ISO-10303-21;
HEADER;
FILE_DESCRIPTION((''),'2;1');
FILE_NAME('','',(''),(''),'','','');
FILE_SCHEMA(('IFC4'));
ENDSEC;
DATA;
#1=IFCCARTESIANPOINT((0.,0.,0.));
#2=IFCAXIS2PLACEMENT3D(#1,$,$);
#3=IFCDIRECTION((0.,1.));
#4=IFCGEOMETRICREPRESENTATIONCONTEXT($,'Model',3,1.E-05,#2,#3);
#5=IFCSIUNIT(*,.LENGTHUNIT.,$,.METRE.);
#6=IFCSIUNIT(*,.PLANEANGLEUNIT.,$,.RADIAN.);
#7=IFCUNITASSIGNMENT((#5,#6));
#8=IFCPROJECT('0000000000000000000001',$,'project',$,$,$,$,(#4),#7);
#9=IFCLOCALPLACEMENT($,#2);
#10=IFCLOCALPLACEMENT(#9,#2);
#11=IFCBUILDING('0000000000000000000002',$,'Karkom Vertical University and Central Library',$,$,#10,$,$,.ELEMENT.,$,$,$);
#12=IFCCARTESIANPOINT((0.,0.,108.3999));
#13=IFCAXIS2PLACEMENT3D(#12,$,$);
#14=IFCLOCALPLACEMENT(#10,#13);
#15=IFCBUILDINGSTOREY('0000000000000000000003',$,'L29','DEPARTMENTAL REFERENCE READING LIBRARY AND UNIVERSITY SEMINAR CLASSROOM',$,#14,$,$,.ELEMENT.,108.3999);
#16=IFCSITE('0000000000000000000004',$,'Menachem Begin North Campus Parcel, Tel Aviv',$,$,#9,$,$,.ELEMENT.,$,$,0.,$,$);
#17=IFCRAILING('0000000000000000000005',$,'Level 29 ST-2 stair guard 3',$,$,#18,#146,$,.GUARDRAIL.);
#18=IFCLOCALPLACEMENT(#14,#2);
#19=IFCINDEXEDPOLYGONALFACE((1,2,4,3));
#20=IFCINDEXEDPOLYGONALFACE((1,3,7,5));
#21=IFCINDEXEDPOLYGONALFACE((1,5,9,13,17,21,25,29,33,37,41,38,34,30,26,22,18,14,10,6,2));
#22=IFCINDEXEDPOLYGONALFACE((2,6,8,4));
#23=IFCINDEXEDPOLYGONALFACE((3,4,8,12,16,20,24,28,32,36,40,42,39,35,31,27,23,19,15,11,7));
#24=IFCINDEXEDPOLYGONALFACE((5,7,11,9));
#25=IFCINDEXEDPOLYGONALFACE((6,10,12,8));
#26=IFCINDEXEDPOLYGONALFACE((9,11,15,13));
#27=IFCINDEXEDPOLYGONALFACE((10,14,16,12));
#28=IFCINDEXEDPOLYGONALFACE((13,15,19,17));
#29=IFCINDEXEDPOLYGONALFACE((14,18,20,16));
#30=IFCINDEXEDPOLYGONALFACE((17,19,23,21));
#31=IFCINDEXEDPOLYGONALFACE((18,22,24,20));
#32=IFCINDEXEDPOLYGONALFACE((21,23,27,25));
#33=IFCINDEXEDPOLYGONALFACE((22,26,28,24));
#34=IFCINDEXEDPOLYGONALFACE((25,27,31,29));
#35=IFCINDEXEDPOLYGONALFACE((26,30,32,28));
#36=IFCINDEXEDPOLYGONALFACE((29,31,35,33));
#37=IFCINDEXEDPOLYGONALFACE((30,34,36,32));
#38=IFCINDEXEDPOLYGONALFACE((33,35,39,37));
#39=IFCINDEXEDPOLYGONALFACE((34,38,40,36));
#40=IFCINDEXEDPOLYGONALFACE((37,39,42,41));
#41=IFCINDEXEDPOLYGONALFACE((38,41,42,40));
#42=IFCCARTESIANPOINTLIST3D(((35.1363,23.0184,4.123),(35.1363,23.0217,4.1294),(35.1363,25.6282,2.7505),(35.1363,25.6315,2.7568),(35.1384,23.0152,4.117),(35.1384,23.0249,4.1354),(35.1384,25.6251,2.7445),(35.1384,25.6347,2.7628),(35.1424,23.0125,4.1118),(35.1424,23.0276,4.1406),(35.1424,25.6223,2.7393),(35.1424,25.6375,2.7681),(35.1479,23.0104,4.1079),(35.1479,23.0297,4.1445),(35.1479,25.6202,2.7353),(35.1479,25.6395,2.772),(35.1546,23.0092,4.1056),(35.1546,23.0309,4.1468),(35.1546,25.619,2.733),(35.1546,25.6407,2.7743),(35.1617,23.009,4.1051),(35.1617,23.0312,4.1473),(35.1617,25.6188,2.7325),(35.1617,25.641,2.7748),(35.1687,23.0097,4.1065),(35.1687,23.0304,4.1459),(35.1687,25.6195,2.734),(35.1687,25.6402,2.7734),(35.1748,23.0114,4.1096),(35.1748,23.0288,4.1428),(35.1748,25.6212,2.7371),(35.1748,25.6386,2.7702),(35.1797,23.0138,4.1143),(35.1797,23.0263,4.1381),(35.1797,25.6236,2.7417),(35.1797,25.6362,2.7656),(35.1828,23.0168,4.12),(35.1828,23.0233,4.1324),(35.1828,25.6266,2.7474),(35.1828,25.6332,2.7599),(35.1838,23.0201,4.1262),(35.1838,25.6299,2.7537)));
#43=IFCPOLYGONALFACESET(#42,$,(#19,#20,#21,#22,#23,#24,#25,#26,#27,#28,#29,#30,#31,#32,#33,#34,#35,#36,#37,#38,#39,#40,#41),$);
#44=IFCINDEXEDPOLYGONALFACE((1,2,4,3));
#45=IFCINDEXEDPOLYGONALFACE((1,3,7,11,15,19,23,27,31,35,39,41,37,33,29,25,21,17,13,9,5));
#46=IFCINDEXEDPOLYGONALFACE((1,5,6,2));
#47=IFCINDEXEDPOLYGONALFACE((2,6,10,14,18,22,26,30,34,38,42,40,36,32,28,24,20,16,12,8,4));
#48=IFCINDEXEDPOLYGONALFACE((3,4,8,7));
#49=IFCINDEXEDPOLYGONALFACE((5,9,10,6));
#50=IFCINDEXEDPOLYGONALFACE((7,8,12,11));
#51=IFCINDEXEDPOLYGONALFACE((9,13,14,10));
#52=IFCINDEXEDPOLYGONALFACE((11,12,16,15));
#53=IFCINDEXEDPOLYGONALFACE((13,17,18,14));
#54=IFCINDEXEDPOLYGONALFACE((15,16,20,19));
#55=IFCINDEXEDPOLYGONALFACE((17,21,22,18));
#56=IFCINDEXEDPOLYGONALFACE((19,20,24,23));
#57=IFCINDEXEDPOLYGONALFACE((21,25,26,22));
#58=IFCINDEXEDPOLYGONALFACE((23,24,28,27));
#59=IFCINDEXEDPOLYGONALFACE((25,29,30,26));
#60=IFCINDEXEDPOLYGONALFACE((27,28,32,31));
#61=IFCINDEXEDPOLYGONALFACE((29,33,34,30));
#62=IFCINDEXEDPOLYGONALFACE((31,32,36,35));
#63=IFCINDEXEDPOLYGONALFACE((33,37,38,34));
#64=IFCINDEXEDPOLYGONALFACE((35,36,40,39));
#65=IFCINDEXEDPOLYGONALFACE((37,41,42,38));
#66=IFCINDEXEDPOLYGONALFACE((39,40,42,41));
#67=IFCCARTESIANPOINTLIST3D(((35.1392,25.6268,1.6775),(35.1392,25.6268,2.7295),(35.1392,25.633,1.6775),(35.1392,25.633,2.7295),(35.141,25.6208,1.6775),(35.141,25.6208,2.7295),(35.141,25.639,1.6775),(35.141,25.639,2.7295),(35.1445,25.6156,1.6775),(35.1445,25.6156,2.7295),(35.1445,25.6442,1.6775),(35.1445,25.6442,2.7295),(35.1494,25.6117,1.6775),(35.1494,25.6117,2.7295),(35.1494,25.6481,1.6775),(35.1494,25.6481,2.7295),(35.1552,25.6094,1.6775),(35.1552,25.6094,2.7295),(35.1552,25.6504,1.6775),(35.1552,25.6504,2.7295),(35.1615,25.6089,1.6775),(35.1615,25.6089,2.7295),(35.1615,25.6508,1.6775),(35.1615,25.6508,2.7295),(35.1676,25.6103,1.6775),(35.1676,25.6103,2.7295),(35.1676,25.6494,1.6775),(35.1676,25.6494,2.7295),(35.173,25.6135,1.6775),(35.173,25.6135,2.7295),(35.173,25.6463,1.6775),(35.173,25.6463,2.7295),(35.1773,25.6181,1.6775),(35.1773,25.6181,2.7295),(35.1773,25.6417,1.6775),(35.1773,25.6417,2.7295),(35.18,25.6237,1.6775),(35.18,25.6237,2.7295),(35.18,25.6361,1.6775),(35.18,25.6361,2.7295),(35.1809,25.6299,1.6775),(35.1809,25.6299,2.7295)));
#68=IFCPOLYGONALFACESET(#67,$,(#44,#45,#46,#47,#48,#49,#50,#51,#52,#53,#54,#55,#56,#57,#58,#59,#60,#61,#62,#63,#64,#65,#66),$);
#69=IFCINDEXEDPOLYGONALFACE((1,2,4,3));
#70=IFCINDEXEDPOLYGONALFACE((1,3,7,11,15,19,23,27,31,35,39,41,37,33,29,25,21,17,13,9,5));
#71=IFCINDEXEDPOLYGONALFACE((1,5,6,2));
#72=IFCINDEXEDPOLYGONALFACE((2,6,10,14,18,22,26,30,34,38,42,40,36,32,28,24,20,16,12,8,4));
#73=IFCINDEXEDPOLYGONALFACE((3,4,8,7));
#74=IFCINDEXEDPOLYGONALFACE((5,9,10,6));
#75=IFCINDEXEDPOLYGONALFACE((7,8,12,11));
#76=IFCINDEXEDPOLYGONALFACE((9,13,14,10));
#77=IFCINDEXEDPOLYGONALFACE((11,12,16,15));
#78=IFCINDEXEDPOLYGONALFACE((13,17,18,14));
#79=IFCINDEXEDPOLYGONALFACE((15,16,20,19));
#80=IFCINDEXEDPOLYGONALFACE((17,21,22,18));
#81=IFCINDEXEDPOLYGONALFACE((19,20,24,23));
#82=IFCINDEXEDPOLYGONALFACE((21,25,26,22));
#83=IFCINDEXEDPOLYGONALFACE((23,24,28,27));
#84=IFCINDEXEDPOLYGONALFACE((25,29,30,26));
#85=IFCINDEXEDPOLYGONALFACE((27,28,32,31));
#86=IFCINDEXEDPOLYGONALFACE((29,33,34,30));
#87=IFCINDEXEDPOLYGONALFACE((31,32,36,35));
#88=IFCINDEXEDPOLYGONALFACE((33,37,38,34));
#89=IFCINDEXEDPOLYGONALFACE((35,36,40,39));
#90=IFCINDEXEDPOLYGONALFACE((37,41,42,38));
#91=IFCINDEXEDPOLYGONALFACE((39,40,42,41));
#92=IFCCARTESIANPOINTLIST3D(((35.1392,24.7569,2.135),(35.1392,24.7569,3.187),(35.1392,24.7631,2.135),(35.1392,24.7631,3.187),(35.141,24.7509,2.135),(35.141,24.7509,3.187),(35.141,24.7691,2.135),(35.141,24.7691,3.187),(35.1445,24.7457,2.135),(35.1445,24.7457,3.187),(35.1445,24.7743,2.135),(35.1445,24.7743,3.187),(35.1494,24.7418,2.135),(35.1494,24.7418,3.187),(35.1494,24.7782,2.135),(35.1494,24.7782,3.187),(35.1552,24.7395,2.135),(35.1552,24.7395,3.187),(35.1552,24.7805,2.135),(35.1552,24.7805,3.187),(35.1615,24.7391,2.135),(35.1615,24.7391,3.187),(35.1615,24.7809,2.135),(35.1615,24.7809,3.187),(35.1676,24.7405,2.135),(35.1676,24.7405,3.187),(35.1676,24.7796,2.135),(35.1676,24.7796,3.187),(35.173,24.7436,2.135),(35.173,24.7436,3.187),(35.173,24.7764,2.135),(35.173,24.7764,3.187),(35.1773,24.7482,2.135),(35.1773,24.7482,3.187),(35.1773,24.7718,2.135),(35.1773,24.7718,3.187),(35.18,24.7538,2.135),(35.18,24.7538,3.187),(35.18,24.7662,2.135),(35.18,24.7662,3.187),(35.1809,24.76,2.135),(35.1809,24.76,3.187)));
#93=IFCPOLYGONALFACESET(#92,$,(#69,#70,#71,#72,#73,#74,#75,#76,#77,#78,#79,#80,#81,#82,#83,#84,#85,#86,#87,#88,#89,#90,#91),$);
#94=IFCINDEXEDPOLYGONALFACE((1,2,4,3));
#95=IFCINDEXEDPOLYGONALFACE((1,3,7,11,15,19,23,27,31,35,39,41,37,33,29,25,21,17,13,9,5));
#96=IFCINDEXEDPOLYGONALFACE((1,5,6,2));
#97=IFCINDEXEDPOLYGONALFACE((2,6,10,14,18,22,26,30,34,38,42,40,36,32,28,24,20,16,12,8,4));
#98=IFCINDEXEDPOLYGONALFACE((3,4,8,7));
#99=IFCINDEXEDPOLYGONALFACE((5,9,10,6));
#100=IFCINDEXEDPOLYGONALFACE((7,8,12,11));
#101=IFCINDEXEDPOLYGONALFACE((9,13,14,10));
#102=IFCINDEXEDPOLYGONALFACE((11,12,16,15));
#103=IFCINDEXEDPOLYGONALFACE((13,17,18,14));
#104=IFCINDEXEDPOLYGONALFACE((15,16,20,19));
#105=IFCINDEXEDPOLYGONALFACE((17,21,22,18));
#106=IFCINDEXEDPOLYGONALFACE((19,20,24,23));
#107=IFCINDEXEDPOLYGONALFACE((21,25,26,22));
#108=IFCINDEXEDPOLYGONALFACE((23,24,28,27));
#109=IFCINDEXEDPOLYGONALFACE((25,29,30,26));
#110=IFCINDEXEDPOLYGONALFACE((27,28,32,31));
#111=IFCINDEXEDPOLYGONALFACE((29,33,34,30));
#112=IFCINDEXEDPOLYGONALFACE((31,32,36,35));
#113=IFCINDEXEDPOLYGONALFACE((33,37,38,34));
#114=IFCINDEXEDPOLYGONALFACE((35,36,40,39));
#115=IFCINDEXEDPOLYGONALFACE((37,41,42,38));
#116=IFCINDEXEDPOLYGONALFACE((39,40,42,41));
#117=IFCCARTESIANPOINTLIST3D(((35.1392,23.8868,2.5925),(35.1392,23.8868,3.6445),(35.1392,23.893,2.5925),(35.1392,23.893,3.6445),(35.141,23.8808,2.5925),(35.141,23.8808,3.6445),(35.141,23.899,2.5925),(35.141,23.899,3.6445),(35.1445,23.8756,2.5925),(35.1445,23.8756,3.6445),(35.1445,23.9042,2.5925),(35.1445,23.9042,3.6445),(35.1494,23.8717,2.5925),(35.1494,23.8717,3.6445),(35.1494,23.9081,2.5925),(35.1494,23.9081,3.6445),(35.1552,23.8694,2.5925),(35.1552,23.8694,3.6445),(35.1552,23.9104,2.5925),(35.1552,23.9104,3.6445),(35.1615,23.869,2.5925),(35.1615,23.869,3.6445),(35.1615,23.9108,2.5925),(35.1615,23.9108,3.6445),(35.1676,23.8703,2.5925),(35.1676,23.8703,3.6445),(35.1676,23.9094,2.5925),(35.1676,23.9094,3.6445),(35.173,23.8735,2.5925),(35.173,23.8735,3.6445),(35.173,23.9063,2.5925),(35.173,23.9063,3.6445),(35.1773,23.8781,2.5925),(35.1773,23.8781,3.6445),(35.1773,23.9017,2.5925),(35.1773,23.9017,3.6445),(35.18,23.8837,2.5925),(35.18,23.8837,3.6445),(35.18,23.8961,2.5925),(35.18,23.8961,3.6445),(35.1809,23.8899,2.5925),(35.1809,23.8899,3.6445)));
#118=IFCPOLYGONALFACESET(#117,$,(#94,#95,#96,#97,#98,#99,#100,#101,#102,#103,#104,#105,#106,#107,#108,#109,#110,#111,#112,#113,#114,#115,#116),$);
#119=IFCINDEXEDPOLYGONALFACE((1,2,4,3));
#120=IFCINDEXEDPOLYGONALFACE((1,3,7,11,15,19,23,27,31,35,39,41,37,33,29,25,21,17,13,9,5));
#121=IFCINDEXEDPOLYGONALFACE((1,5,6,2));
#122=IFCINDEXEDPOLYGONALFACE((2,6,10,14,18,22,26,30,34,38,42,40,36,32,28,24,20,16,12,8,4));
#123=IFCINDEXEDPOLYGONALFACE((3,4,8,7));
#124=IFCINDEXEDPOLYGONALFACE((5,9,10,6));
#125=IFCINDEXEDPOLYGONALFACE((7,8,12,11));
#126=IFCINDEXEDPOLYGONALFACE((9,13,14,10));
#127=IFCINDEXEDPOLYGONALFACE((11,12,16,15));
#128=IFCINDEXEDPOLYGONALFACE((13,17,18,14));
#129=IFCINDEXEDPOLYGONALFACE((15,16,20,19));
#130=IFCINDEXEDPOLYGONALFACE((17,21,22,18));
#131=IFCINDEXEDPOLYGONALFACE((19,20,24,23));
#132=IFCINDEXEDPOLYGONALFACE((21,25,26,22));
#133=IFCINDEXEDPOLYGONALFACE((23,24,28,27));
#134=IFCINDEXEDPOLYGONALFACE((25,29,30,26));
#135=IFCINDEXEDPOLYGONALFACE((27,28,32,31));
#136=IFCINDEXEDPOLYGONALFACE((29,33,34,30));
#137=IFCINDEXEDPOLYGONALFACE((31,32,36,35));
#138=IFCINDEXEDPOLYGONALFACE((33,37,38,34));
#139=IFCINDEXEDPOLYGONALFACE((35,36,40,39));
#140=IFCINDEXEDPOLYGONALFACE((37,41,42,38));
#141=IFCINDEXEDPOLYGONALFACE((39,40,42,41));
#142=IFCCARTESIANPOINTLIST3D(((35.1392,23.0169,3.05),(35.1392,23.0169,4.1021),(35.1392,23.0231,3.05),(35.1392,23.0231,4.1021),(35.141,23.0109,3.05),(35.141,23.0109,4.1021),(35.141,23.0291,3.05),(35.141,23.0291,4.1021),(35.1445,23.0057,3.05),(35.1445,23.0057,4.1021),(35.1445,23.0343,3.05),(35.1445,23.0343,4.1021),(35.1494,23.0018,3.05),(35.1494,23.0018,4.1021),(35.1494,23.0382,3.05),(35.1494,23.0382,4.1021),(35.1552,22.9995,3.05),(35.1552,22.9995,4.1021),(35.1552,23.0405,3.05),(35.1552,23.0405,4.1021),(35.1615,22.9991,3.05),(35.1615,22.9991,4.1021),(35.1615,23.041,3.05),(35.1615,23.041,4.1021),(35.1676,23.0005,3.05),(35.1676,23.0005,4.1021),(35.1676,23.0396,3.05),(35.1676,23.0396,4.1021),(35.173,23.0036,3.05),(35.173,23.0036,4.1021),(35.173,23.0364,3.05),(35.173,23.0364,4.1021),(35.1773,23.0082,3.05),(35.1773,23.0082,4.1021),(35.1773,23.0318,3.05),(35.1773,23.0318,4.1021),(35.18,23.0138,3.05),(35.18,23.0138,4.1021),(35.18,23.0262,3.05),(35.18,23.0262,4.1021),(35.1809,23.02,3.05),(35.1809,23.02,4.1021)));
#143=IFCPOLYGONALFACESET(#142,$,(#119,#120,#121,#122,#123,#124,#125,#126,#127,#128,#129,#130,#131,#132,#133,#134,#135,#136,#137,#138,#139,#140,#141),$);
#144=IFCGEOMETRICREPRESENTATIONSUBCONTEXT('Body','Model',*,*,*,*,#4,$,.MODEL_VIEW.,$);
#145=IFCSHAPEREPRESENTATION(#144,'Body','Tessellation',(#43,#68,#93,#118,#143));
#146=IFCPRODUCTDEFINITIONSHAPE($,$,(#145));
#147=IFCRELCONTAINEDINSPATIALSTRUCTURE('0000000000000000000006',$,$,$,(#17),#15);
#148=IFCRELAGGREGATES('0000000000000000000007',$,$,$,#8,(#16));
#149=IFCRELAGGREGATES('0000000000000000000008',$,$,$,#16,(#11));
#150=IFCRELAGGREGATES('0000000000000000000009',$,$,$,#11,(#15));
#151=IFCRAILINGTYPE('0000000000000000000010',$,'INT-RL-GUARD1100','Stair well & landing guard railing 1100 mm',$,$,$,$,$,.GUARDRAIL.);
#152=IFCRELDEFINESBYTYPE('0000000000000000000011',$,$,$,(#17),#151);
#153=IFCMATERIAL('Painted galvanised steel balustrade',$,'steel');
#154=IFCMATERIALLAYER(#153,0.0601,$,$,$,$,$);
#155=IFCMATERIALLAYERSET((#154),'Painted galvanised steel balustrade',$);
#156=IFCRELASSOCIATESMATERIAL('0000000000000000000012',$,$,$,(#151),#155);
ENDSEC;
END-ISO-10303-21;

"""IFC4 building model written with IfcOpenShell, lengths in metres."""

from ifc_helpers import new_model, si_unit, direction, frame, origin, origin_2d, place, context, subcontext, project, spatial, circle, extrude, material, layer, layer_set, type_object, element, save


model = new_model("IFC4")

# Units and contexts
model_context = context("Model", 3, precision=1e-05, world=origin(), true_north=direction((0.0, 1.0)))
body_context = subcontext(model_context, "Body", "Model", "MODEL_VIEW")
ifc_project = project(units=[si_unit("LENGTHUNIT", "METRE"), si_unit("PLANEANGLEUNIT", "RADIAN")], contexts=[model_context])

# Site, building, storey
site_placement = place(None, origin())
site = spatial("IfcSite", under=ifc_project, at=site_placement, Name="Menachem Begin North Campus Parcel, Tel Aviv", CompositionType="ELEMENT", RefElevation=0.0)
building_placement = place(site_placement, origin())
building = spatial("IfcBuilding", under=site, at=building_placement, Name="Karkom Vertical University and Central Library", CompositionType="ELEMENT")
storey_placement = place(building_placement, frame((0.0, 0.0, 108.3999)))
storey = spatial("IfcBuildingStorey", under=building, at=storey_placement, Name="L29", Description="DEPARTMENTAL REFERENCE READING LIBRARY AND UNIVERSITY SEMINAR CLASSROOM", CompositionType="ELEMENT", Elevation=108.3999)

# Railing
ifc_material_1 = material(Name="Painted galvanised steel balustrade", Category="steel")
ifc_layer_1 = layer(ifc_material_1, 0.0601)
ifc_layer_set_1 = layer_set([ifc_layer_1], Name="Painted galvanised steel balustrade")
railing_type_1 = type_object("IfcRailingType", Name="INT-RL-GUARD1100", Description="Stair well & landing guard railing 1100 mm", PredefinedType="GUARDRAIL", material=ifc_layer_set_1)
railing_1_placement = place(storey_placement, frame((35.1599, 25.6299, 1.6775)))
element("IfcRailing", 1, at=railing_1_placement, inside=storey, type_object=railing_type_1, Name="Level 29 ST-2 stair guard 3", PredefinedType="GUARDRAIL", context=body_context, shape_type="SweptSolid", body=[
    extrude(circle(Radius=0.0239, at=origin_2d()), frame((0.0, 0.0, 1.0762), z_axis=(0.0, -0.885065, 0.465467), x_axis=(1.0, 0.0, 0.0)), (0.0, 0.0, 1.0), 2.9487),
    extrude(circle(Radius=0.021, at=origin_2d()), origin(), (0.0, 0.0, 1.0), 1.052),
    extrude(circle(Radius=0.021, at=origin_2d()), frame((0.0, -0.8699, 0.4575)), (0.0, 0.0, 1.0), 1.052),
    extrude(circle(Radius=0.021, at=origin_2d()), frame((0.0, -1.74, 0.915)), (0.0, 0.0, 1.0), 1.052),
    extrude(circle(Radius=0.021, at=origin_2d()), frame((0.0, -2.6099, 1.3726)), (0.0, 0.0, 1.0), 1.052),
])

save(model, "model.ifc")
